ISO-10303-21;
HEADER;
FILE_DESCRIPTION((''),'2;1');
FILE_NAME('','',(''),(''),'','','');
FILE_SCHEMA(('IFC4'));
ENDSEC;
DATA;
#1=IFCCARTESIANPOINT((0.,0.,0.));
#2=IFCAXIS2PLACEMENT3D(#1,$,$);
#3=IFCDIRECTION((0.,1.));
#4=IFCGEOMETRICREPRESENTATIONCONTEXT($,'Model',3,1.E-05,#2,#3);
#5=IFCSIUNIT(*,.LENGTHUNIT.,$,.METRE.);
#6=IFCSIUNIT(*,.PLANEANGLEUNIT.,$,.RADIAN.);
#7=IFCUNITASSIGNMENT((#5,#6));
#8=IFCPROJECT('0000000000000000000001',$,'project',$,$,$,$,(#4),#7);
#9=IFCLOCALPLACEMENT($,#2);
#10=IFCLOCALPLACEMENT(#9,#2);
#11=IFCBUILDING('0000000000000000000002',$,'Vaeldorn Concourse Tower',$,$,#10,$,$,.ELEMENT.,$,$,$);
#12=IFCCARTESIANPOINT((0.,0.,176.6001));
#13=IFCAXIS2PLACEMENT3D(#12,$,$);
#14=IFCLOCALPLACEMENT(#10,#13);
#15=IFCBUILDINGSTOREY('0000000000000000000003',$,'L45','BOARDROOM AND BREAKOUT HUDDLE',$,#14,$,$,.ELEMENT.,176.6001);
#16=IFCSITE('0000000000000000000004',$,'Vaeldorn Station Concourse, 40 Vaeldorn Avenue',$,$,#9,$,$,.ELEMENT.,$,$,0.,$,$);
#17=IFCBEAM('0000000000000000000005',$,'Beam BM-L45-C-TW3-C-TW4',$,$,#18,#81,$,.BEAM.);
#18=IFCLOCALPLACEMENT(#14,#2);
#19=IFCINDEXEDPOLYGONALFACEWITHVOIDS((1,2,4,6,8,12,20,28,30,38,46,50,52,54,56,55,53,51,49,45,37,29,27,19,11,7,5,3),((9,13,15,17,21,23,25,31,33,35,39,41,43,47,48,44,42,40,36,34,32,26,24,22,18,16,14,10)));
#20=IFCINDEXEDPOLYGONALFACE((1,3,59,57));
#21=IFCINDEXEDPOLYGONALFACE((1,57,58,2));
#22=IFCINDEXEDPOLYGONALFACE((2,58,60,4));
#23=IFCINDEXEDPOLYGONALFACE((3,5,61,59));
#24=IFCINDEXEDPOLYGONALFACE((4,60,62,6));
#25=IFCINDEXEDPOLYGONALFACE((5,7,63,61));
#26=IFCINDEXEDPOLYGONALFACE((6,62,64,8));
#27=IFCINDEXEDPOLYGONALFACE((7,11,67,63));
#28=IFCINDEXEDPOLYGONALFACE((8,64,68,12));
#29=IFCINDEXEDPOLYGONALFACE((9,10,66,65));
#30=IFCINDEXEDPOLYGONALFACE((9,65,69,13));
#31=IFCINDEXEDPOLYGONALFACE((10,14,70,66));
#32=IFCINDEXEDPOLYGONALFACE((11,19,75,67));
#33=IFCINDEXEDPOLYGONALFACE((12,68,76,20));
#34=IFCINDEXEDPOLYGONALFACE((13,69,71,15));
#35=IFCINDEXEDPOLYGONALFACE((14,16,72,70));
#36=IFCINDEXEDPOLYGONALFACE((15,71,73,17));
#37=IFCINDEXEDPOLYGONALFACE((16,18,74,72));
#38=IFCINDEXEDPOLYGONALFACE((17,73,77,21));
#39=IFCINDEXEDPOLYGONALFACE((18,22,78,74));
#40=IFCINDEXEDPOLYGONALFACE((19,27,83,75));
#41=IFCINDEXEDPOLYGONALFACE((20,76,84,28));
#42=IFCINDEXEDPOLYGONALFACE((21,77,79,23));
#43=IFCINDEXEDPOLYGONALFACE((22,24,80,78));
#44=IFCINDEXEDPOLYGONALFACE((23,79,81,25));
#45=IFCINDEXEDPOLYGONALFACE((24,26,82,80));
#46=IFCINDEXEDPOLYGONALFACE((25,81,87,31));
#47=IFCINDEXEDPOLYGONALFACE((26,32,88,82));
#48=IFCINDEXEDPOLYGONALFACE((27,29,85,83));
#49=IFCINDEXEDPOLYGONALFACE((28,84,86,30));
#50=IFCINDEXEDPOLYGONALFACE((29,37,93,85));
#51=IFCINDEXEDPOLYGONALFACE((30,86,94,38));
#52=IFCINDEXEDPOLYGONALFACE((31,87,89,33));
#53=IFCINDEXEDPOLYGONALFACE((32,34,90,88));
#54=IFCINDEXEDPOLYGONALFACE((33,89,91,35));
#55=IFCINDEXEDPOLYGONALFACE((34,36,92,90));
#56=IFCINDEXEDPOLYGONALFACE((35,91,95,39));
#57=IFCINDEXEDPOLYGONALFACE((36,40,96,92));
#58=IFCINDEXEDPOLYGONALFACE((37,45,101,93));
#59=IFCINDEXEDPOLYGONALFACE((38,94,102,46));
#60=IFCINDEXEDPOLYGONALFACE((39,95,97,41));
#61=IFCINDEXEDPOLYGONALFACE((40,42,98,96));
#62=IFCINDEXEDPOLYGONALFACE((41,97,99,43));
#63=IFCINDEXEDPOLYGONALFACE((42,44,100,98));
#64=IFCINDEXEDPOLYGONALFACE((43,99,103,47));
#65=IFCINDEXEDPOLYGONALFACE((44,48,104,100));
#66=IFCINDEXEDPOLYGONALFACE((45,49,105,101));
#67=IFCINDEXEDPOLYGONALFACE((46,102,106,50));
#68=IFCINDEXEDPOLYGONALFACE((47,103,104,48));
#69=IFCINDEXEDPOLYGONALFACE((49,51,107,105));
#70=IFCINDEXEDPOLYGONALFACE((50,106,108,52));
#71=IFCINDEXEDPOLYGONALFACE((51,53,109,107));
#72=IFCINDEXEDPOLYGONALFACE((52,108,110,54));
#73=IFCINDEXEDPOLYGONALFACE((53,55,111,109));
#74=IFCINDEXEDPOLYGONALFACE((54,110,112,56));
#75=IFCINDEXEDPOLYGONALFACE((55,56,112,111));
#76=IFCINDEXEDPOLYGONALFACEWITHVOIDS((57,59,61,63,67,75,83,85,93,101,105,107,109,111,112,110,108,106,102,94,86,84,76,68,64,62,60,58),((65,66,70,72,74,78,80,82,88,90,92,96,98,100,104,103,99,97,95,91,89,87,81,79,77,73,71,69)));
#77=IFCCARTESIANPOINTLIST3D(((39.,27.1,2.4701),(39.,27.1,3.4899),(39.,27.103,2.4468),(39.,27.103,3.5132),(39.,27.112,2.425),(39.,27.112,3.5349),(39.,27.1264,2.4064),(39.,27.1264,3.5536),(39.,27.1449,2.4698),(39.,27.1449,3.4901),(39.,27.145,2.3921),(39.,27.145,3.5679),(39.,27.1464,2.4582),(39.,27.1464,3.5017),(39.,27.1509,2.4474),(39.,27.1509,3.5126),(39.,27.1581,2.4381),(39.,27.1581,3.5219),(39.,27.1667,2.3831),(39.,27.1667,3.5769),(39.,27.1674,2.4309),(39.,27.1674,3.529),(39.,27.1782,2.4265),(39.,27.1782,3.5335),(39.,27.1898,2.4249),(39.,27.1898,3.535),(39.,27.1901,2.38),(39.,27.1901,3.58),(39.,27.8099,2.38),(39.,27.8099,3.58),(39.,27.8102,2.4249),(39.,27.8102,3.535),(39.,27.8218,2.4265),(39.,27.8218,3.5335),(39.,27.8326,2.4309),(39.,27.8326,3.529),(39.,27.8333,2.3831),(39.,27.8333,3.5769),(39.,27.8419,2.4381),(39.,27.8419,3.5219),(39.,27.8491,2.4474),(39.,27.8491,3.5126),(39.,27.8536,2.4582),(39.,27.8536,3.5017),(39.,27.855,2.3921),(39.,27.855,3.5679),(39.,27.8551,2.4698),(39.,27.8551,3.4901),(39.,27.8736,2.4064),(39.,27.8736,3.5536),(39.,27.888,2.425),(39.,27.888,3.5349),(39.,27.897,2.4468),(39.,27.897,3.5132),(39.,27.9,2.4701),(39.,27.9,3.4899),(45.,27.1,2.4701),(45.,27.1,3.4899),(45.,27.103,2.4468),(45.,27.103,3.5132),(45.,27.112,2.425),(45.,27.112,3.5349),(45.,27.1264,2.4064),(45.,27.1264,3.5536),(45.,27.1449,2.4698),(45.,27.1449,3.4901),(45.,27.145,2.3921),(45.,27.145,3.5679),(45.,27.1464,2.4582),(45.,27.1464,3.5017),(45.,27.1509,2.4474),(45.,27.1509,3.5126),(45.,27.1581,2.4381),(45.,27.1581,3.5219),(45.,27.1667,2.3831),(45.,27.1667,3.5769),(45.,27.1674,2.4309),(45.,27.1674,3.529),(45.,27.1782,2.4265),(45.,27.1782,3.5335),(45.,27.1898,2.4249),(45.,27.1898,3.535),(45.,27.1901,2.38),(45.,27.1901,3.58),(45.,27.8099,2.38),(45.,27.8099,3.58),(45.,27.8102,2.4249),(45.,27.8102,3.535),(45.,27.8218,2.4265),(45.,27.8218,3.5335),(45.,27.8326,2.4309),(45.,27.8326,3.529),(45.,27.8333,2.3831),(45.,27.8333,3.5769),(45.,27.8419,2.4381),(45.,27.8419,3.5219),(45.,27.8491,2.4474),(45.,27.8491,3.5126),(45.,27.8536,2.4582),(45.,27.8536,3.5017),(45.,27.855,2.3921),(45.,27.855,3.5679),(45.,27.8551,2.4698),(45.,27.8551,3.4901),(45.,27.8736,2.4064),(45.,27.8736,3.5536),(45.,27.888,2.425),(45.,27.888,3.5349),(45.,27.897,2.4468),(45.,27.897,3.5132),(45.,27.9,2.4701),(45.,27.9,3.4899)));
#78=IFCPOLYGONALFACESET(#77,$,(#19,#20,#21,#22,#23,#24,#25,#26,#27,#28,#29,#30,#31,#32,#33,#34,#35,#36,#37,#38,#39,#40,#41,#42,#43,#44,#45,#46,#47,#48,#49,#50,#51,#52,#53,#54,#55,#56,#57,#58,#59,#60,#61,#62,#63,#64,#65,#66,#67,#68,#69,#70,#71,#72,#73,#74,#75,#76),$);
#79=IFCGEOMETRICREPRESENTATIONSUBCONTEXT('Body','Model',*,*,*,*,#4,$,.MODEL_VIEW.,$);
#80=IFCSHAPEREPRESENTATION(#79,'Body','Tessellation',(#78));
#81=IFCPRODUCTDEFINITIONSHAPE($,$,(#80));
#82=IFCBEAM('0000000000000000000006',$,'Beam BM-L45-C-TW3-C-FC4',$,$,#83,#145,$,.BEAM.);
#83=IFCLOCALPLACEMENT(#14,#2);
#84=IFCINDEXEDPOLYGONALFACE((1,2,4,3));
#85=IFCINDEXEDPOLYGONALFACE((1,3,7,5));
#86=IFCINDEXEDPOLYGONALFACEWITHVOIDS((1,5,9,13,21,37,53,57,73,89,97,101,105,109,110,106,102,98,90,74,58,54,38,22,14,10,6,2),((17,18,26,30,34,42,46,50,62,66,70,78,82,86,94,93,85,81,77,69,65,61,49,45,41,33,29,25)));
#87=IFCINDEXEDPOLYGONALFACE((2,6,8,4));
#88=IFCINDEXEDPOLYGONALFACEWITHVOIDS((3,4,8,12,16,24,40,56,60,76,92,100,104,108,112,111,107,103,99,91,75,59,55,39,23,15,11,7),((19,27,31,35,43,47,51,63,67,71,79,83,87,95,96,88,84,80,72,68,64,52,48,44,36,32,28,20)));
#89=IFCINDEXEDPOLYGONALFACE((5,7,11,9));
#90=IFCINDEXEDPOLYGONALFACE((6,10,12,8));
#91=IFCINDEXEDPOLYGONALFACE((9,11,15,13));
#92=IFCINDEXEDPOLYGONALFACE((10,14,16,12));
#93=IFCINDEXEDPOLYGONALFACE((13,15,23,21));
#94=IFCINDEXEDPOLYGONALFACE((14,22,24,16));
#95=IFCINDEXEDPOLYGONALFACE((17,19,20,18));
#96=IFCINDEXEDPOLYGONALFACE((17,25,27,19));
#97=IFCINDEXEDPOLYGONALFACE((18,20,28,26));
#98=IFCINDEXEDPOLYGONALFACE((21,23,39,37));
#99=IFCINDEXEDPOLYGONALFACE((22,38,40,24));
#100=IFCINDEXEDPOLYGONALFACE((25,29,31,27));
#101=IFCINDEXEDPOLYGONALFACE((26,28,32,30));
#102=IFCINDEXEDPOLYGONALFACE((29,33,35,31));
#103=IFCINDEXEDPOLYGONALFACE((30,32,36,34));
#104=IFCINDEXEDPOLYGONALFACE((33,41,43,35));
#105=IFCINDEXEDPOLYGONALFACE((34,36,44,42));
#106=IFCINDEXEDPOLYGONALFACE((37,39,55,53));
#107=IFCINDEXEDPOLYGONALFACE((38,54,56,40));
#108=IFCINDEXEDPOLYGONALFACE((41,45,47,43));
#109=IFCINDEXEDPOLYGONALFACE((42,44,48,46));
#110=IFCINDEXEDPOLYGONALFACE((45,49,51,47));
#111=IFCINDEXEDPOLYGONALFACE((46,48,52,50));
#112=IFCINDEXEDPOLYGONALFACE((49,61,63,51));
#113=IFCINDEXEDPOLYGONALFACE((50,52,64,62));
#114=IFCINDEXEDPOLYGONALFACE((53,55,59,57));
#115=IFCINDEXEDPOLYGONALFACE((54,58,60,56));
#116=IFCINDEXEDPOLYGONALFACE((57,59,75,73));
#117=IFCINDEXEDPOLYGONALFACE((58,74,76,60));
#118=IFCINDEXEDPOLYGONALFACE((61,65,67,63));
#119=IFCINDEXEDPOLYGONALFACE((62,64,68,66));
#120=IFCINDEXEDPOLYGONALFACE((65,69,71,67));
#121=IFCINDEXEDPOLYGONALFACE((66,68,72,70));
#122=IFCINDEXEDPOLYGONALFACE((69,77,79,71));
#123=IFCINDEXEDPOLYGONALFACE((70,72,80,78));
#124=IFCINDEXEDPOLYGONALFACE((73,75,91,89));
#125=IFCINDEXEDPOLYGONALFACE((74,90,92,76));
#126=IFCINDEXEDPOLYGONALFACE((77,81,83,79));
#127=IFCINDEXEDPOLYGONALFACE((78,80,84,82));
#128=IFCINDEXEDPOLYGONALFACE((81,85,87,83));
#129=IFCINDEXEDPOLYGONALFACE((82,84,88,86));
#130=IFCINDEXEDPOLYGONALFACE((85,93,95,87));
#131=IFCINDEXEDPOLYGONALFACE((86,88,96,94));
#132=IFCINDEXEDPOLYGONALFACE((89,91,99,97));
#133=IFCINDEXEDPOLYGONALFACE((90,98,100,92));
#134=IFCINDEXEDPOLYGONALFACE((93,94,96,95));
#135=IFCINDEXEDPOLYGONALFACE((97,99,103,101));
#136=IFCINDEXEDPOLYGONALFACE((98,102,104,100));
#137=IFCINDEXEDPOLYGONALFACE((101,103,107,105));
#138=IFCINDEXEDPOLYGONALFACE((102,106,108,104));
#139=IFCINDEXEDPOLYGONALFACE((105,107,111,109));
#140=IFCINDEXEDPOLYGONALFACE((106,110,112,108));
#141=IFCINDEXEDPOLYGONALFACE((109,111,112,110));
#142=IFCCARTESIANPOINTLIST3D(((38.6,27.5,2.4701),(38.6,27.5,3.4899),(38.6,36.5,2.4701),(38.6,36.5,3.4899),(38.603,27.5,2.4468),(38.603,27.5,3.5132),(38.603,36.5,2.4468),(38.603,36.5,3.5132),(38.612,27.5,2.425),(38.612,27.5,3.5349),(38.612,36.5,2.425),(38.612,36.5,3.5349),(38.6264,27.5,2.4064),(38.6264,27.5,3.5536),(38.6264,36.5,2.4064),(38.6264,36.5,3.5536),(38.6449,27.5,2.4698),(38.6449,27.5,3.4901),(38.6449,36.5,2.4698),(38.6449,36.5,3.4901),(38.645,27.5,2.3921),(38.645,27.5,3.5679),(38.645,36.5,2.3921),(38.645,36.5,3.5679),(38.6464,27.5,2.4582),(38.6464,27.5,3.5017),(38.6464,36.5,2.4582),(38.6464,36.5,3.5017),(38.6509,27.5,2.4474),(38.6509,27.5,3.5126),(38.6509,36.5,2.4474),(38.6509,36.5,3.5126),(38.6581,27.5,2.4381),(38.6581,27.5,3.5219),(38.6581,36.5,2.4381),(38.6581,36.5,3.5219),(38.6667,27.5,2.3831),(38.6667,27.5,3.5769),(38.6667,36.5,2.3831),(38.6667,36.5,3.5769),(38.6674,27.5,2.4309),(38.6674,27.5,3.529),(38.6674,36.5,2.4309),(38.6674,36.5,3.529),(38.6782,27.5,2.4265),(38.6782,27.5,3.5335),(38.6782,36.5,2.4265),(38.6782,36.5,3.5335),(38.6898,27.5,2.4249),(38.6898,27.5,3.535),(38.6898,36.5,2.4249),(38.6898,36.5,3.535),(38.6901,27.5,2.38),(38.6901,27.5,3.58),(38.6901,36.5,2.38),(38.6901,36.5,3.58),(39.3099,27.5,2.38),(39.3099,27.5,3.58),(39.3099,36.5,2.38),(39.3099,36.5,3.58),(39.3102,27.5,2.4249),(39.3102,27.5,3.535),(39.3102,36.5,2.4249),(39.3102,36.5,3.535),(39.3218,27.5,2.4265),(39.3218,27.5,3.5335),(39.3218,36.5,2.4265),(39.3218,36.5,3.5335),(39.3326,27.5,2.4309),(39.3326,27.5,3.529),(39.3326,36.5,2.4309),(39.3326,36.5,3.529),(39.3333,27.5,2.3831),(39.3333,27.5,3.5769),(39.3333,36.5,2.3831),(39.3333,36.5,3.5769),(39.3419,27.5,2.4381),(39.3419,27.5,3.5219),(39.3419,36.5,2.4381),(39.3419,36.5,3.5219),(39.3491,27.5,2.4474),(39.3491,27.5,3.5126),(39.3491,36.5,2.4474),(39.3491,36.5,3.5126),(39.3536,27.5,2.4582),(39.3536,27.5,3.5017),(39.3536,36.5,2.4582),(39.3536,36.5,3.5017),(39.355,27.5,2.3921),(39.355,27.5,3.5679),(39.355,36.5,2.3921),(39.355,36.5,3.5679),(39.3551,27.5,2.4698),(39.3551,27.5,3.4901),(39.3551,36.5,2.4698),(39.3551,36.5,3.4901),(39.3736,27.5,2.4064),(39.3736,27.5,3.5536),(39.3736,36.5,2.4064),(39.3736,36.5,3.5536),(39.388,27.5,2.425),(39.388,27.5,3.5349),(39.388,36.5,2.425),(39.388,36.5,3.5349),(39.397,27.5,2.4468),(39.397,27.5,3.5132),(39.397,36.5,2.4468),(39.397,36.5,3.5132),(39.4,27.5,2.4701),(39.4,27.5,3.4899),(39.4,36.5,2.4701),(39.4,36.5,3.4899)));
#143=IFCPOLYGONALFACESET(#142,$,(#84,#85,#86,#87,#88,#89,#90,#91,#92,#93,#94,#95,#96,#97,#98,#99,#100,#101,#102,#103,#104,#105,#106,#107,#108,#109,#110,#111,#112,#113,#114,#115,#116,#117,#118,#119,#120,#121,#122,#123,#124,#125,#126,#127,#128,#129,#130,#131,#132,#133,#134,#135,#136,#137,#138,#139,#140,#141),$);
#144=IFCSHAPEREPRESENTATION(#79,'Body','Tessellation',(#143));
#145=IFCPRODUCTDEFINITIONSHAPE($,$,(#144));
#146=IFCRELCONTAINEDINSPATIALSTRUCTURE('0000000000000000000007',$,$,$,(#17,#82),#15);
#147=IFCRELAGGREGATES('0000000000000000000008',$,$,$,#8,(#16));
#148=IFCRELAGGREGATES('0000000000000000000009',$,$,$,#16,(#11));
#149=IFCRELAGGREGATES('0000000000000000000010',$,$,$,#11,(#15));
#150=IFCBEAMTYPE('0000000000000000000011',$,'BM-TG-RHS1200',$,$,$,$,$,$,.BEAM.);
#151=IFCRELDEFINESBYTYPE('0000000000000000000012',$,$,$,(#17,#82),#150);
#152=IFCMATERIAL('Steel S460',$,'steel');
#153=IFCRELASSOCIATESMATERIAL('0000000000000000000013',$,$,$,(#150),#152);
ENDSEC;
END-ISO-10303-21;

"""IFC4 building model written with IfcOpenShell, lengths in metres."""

from ifc_helpers import new_model, si_unit, direction, frame, origin, origin_2d, place, context, subcontext, project, spatial, hollow_rectangle, extrude, source, transform, mapped, material, material_profile, profile_set, type_object, element, save


model = new_model("IFC4")

# Units and contexts
model_context = context("Model", 3, precision=1e-05, world=origin(), true_north=direction((0.0, 1.0)))
body_context = subcontext(model_context, "Body", "Model", "MODEL_VIEW")
ifc_project = project(units=[si_unit("LENGTHUNIT", "METRE"), si_unit("PLANEANGLEUNIT", "RADIAN")], contexts=[model_context])

# Site, building, storey
site_placement = place(None, origin())
site = spatial("IfcSite", under=ifc_project, at=site_placement, Name="Vaeldorn Station Concourse, 40 Vaeldorn Avenue", CompositionType="ELEMENT", RefElevation=0.0)
building_placement = place(site_placement, origin())
building = spatial("IfcBuilding", under=site, at=building_placement, Name="Vaeldorn Concourse Tower", CompositionType="ELEMENT")
storey_placement = place(building_placement, frame((0.0, 0.0, 176.6001)))
storey = spatial("IfcBuildingStorey", under=building, at=storey_placement, Name="L45", Description="BOARDROOM AND BREAKOUT HUDDLE", CompositionType="ELEMENT", Elevation=176.6001)

# Shared definitions
ifc_material_1 = material(Name="Steel S460", Category="steel")

# Beams
ifc_material_profile_1 = material_profile(ifc_material_1, hollow_rectangle(XDim=0.8, YDim=1.2, WallThickness=0.0449, InnerFilletRadius=0.0449, OuterFilletRadius=0.0901, at=origin_2d()), Name="RHS 1200x800x45")
ifc_profile_set_1 = profile_set([ifc_material_profile_1], Name="Steel S460")
beam_type_1 = type_object("IfcBeamType", Name="BM-TG-RHS1200", PredefinedType="BEAM", material=ifc_profile_set_1)
shared_shape_1 = source(origin(), body_context, "Body", "SweptSolid", [
    extrude(hollow_rectangle(XDim=0.8, YDim=1.2, WallThickness=0.0449, InnerFilletRadius=0.0449, OuterFilletRadius=0.0901, at=origin_2d()), origin(), (0.0, 0.0, 1.0), 6.0),
])
beam_1_placement = place(storey_placement, frame((39.0, 27.5, 2.98), z_axis=(1.0, 0.0, 0.0), x_axis=(0.0, 1.0, 0.0)))
element("IfcBeam", 1, at=beam_1_placement, inside=storey, type_object=beam_type_1, Name="Beam BM-L45-C-TW3-C-TW4", PredefinedType="BEAM", context=body_context, shape_type="MappedRepresentation", body=[
    mapped(shared_shape_1, transform((0.0, 0.0, 0.0), scale=1.0)),
])
shared_shape_2 = source(origin(), body_context, "Body", "SweptSolid", [
    extrude(hollow_rectangle(XDim=0.8, YDim=1.2, WallThickness=0.0449, InnerFilletRadius=0.0449, OuterFilletRadius=0.0901, at=origin_2d()), origin(), (0.0, 0.0, 1.0), 9.0),
])
for number, where, z_axis, x_axis, name in (
    (2, (39.0, 27.5, 2.98), (0.0, 1.0, 0.0), (-1.0, 0.0, 0.0), "Beam BM-L45-C-TW3-C-FC4"),
):
    element("IfcBeam", number, at=place(storey_placement, frame(where, z_axis=z_axis, x_axis=x_axis)), inside=storey, type_object=beam_type_1, Name=name, PredefinedType="BEAM", context=body_context, shape_type="MappedRepresentation", body=[
        mapped(shared_shape_2, transform((0.0, 0.0, 0.0), scale=1.0)),
    ])

save(model, "model.ifc")
